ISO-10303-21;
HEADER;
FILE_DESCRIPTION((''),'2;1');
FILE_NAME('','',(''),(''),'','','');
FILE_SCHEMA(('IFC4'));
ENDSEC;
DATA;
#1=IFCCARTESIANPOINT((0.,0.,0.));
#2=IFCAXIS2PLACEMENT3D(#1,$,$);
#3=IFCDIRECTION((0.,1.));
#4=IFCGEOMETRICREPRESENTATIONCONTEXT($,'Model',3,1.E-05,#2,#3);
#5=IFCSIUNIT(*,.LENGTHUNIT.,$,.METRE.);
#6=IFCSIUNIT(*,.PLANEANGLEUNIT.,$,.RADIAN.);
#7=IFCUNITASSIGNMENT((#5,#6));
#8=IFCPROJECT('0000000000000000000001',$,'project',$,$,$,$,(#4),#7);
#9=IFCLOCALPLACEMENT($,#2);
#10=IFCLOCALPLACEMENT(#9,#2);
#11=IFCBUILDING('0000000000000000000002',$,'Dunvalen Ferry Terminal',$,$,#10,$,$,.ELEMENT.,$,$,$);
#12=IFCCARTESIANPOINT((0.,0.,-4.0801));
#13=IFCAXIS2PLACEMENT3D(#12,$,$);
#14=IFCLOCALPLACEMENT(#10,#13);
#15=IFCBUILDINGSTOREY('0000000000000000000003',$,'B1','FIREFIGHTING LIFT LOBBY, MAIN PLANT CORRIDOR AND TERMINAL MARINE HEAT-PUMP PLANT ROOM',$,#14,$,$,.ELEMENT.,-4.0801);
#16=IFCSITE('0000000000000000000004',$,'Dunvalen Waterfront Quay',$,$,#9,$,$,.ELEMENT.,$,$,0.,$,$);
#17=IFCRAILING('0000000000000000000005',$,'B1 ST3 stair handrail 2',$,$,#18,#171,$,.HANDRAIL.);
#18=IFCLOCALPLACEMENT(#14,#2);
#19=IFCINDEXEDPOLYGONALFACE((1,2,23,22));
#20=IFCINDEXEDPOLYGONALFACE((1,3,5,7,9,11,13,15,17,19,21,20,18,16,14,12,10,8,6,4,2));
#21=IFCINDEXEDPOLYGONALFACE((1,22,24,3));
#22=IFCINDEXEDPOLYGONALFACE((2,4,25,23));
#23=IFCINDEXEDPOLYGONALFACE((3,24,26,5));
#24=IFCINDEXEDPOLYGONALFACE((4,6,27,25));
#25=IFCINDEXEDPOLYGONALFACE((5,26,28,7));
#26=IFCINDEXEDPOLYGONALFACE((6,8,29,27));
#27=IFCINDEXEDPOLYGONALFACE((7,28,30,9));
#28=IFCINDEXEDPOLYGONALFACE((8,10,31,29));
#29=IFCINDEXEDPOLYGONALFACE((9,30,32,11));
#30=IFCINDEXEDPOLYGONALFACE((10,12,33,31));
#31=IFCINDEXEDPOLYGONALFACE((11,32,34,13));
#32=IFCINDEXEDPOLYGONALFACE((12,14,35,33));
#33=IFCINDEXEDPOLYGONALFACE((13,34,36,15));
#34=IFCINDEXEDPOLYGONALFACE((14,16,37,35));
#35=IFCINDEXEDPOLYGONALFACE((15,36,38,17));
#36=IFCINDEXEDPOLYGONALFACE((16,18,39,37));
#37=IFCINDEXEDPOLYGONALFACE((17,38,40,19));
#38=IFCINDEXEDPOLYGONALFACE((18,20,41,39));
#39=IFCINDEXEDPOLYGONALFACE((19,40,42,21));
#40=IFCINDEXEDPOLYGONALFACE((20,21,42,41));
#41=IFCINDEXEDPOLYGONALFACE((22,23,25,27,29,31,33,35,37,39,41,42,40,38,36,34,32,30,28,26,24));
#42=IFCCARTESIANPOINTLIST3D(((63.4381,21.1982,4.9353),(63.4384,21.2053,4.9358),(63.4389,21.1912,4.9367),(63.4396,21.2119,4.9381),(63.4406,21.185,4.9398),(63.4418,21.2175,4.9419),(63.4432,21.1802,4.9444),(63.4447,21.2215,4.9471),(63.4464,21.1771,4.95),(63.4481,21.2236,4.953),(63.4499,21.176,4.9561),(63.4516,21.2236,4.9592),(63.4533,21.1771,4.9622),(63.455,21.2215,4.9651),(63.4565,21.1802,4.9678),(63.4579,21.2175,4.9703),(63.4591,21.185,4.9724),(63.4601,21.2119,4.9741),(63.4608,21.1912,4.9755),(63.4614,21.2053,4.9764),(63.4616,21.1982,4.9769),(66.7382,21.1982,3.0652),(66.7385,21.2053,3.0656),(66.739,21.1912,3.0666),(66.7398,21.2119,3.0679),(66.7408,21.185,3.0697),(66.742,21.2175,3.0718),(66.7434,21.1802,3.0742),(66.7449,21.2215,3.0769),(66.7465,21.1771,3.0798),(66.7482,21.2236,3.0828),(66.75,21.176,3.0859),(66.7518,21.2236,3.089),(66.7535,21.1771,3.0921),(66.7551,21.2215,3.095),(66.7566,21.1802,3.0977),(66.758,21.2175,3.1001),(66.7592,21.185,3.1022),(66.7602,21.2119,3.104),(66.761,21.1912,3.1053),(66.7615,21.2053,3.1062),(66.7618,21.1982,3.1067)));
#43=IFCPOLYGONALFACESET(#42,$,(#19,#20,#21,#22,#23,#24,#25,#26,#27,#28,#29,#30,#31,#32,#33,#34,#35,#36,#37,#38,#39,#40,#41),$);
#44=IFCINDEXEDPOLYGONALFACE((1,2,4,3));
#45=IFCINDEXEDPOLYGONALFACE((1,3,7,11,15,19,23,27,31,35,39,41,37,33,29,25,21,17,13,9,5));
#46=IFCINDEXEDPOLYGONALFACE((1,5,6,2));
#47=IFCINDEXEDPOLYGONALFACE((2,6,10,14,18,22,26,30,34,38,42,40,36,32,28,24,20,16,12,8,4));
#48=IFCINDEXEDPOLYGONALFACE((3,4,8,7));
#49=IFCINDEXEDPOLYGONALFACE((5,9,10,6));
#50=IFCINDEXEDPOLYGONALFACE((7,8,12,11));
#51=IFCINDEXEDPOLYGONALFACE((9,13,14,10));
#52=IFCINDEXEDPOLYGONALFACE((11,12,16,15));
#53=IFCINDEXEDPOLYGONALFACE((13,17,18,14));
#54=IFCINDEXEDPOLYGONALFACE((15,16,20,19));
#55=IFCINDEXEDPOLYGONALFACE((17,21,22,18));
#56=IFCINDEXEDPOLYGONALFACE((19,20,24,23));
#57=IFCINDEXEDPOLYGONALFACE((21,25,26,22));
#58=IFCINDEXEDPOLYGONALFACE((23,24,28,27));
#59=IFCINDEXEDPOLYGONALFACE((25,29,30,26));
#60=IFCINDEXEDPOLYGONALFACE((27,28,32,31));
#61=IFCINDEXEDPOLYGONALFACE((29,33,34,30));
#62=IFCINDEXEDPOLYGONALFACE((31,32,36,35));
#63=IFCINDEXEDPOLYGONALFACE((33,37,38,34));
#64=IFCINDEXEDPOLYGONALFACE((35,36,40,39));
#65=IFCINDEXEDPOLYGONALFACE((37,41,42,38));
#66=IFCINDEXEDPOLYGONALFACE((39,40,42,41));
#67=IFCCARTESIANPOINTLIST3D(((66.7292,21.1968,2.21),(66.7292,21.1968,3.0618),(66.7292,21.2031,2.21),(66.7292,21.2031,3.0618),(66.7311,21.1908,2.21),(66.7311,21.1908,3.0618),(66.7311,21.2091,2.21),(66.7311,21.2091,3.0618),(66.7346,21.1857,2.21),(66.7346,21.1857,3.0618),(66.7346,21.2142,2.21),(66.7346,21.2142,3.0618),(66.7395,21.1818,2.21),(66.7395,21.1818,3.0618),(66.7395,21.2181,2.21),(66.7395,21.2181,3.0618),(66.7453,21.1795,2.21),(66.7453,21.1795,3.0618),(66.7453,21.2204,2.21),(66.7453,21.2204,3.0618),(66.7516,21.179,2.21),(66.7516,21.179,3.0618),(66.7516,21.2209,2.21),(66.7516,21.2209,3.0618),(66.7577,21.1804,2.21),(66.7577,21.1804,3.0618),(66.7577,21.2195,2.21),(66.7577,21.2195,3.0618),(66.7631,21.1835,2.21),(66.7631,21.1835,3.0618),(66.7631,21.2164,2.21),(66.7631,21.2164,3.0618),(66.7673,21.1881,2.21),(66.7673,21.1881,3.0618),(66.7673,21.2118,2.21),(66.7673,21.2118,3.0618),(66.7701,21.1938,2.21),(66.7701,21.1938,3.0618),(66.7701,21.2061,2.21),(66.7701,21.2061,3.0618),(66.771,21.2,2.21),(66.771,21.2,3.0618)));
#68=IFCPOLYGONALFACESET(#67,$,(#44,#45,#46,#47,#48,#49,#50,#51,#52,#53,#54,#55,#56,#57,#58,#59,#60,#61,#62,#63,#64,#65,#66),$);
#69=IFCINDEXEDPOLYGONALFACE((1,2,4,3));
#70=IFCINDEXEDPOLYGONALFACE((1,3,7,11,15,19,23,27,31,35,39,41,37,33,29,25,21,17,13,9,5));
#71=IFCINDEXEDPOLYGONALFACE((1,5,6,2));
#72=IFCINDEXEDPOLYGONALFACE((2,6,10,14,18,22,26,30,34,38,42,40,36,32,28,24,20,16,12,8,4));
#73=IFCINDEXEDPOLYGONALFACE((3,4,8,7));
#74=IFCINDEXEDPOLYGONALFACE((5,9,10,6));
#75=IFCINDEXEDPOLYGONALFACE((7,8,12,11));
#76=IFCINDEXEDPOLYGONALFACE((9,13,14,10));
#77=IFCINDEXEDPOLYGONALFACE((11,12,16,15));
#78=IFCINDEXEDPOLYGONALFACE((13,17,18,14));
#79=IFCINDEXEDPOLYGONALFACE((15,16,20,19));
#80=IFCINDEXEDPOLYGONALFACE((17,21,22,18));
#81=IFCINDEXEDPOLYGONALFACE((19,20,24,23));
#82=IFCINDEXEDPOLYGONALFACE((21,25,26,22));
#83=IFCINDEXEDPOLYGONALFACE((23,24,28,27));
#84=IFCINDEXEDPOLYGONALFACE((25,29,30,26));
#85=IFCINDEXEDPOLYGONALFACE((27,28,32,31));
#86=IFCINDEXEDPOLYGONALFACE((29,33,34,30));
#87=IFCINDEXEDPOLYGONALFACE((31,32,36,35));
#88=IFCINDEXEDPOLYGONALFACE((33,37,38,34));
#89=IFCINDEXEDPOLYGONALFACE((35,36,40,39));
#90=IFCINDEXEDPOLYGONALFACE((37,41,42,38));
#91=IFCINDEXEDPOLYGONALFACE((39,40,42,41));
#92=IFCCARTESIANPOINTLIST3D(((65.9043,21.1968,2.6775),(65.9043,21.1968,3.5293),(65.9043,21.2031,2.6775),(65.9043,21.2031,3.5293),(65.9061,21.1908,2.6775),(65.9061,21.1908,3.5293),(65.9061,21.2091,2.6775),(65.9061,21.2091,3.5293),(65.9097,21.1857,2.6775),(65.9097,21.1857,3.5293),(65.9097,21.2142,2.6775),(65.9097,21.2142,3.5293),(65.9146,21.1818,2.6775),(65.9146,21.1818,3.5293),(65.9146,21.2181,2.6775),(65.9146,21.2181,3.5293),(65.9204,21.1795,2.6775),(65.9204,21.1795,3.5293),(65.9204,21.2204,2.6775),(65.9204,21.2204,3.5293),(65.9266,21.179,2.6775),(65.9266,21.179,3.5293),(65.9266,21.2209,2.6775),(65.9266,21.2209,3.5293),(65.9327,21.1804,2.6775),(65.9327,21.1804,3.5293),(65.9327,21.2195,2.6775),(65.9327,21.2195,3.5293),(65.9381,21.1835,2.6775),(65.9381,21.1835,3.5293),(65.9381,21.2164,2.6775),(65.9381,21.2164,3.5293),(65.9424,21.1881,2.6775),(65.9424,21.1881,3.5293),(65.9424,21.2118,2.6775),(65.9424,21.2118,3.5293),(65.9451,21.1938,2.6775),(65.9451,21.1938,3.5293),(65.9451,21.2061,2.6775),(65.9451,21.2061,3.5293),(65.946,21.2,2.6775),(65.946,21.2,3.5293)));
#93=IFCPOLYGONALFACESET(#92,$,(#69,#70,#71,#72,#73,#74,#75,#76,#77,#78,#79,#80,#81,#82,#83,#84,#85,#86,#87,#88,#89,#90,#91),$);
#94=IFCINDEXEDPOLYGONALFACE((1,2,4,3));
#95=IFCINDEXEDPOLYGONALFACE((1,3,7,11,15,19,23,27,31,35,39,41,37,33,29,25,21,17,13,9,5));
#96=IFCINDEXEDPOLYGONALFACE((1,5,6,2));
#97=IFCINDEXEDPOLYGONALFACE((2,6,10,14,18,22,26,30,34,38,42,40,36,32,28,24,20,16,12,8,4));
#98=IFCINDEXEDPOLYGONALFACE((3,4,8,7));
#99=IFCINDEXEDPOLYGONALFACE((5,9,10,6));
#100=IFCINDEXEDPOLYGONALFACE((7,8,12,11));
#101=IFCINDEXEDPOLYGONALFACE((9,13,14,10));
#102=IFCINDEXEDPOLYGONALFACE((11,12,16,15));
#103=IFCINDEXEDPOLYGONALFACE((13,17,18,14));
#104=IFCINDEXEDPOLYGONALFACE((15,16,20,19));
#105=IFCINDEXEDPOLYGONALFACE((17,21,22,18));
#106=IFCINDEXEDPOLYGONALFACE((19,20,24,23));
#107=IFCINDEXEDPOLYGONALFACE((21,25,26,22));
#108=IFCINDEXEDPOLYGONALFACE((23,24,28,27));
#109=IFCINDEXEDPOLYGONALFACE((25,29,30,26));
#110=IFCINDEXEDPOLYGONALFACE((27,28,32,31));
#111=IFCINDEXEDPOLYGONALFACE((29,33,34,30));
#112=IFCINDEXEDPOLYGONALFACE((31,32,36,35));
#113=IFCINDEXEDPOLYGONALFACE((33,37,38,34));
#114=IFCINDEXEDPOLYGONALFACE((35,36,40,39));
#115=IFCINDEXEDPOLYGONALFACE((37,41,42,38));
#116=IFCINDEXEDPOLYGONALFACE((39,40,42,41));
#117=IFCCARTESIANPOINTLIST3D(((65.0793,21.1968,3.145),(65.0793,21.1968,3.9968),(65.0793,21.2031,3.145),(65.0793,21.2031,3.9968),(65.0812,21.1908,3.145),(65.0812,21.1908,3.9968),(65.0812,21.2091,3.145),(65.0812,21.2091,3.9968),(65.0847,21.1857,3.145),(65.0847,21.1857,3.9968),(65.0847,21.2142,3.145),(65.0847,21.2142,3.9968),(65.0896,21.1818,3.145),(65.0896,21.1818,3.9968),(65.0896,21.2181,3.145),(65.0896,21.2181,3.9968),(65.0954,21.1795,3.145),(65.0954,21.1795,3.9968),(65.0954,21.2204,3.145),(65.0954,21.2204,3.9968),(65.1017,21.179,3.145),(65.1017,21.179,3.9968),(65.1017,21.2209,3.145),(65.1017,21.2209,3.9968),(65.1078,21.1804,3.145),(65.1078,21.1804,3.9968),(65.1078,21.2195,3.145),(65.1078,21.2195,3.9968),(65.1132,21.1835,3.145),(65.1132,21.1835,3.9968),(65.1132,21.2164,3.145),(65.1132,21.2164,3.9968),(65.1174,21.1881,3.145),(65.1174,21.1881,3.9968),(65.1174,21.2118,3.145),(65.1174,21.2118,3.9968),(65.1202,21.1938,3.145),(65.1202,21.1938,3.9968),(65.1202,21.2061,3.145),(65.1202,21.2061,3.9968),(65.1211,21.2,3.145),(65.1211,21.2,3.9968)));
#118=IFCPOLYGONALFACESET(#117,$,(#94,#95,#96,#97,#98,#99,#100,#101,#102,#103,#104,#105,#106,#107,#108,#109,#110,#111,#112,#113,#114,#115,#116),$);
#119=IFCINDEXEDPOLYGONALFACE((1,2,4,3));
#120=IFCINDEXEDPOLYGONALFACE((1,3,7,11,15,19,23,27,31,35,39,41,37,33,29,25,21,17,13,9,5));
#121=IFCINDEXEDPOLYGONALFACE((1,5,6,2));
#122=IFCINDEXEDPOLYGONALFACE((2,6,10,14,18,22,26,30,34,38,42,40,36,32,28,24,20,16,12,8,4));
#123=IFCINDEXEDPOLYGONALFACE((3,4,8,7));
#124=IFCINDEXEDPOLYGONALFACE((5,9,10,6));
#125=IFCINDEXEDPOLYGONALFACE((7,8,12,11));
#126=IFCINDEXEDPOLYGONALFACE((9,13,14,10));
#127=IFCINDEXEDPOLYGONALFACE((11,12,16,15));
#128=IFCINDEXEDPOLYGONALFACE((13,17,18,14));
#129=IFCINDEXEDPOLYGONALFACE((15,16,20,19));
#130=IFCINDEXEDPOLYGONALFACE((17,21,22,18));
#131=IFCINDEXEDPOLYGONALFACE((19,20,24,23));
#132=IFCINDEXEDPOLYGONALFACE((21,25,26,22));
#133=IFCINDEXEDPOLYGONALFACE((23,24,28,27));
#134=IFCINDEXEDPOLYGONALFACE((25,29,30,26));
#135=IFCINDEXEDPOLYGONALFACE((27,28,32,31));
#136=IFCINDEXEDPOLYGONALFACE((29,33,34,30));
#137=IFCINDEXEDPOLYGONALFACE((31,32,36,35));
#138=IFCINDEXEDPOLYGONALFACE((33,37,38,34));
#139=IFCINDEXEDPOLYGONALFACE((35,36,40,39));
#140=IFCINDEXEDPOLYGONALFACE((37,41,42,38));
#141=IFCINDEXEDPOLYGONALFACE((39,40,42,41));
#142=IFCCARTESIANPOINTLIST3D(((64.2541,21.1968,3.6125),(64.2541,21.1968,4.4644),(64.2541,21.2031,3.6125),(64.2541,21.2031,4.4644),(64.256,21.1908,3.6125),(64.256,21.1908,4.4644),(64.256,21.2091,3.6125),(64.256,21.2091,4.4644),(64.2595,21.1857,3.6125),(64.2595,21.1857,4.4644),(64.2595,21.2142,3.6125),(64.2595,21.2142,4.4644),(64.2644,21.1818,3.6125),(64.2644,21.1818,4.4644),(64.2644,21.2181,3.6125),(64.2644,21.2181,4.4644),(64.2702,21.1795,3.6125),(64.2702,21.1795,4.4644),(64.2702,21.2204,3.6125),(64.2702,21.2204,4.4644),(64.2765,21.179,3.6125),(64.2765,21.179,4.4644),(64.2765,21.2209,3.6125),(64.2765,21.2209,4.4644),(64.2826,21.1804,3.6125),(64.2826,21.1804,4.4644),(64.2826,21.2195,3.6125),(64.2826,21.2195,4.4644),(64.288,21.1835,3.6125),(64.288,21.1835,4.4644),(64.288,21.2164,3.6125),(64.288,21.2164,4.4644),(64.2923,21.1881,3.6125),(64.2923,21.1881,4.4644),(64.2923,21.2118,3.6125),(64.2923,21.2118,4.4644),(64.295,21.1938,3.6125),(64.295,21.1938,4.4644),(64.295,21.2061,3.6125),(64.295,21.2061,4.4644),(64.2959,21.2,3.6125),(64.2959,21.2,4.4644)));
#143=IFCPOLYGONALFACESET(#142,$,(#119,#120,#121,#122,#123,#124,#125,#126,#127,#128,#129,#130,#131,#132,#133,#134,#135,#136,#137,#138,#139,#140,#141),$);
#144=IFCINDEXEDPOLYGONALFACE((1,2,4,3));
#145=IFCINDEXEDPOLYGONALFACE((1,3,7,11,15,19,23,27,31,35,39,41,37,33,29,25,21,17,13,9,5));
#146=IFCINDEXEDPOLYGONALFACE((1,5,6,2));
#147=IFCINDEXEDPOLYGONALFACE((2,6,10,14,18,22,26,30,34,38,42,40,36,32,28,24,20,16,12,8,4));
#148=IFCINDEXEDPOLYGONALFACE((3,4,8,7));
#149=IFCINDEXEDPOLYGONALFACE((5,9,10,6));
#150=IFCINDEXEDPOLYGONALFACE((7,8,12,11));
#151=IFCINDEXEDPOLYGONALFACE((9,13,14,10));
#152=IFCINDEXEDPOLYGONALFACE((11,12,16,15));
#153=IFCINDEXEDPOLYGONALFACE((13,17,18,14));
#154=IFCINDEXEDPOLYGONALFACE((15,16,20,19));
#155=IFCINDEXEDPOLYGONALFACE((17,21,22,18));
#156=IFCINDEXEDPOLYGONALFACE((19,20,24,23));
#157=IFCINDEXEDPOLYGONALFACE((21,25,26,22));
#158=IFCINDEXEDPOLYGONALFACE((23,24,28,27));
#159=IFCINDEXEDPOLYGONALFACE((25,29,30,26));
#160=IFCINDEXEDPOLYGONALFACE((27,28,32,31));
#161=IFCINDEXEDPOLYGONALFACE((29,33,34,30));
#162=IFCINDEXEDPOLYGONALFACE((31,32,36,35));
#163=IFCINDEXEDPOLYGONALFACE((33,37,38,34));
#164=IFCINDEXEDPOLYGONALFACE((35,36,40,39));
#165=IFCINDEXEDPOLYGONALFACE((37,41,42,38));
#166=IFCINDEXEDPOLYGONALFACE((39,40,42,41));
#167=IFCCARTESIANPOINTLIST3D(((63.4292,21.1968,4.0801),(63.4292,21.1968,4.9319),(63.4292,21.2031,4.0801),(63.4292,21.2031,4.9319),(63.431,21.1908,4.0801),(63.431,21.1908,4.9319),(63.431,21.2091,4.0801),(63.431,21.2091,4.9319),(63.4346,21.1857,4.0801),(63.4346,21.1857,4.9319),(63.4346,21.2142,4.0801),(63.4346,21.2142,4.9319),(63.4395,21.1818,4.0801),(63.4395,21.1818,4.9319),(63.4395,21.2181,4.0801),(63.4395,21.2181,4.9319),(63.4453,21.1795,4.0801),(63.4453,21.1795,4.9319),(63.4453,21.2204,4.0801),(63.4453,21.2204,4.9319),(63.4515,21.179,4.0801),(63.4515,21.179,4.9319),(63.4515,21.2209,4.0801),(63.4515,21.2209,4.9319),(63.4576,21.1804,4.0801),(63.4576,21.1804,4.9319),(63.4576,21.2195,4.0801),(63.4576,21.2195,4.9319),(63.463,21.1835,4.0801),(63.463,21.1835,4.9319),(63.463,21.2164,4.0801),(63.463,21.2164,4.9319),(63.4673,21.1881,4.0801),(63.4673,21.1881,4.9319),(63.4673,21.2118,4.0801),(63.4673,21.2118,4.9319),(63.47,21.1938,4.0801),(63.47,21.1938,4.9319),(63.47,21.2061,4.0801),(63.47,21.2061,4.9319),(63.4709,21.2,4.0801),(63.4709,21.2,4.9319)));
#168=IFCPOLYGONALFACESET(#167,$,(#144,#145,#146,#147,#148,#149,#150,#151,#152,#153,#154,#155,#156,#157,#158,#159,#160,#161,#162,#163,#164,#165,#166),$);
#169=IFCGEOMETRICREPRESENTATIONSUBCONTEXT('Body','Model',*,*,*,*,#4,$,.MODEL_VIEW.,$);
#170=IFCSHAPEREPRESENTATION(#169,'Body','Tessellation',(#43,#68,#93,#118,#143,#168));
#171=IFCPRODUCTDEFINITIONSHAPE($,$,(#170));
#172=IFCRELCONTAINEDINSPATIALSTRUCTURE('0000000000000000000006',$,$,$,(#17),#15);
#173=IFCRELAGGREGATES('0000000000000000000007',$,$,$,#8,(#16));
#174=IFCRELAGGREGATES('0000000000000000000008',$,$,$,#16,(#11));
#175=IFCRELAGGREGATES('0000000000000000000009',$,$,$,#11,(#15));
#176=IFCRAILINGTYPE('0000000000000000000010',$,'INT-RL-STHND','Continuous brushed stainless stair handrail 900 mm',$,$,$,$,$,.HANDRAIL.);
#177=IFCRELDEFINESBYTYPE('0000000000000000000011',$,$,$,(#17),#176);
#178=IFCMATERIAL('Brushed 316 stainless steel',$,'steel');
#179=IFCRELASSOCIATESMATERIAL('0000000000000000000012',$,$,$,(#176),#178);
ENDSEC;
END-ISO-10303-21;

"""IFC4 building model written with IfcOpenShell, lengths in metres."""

from ifc_helpers import new_model, si_unit, direction, frame, origin, origin_2d, place, context, subcontext, project, spatial, circle, extrude, material, type_object, element, save


model = new_model("IFC4")

# Units and contexts
model_context = context("Model", 3, precision=1e-05, world=origin(), true_north=direction((0.0, 1.0)))
body_context = subcontext(model_context, "Body", "Model", "MODEL_VIEW")
ifc_project = project(units=[si_unit("LENGTHUNIT", "METRE"), si_unit("PLANEANGLEUNIT", "RADIAN")], contexts=[model_context])

# Site, building, storey
site_placement = place(None, origin())
site = spatial("IfcSite", under=ifc_project, at=site_placement, Name="Dunvalen Waterfront Quay", CompositionType="ELEMENT", RefElevation=0.0)
building_placement = place(site_placement, origin())
building = spatial("IfcBuilding", under=site, at=building_placement, Name="Dunvalen Ferry Terminal", CompositionType="ELEMENT")
storey_placement = place(building_placement, frame((0.0, 0.0, -4.0801)))
storey = spatial("IfcBuildingStorey", under=building, at=storey_placement, Name="B1", Description="FIREFIGHTING LIFT LOBBY, MAIN PLANT CORRIDOR AND TERMINAL MARINE HEAT-PUMP PLANT ROOM", CompositionType="ELEMENT", Elevation=-4.0801)

# Railing
ifc_material_1 = material(Name="Brushed 316 stainless steel", Category="steel")
railing_type_1 = type_object("IfcRailingType", Name="INT-RL-STHND", Description="Continuous brushed stainless stair handrail 900 mm", PredefinedType="HANDRAIL", material=ifc_material_1)
railing_1_placement = place(storey_placement, frame((66.75, 21.2, 2.21)))
element("IfcRailing", 1, at=railing_1_placement, inside=storey, type_object=railing_type_1, Name="B1 ST3 stair handrail 2", PredefinedType="HANDRAIL", context=body_context, shape_type="SweptSolid", body=[
    extrude(circle(Radius=0.0239, at=origin_2d()), frame((0.0, 0.0, 0.876), z_axis=(-0.870012, 0.0, 0.49303), x_axis=(0.0, -1.0, 0.0)), (0.0, 0.0, 1.0), 3.7932),
    extrude(circle(Radius=0.021, at=origin_2d()), origin(), (0.0, 0.0, 1.0), 0.8518),
    extrude(circle(Radius=0.021, at=origin_2d()), frame((-0.825, 0.0, 0.4675)), (0.0, 0.0, 1.0), 0.8518),
    extrude(circle(Radius=0.021, at=origin_2d()), frame((-1.6499, 0.0, 0.9351)), (0.0, 0.0, 1.0), 0.8518),
    extrude(circle(Radius=0.021, at=origin_2d()), frame((-2.4751, 0.0, 1.4026)), (0.0, 0.0, 1.0), 0.8518),
    extrude(circle(Radius=0.021, at=origin_2d()), frame((-3.3, 0.0, 1.8701)), (0.0, 0.0, 1.0), 0.8518),
])

save(model, "model.ifc")
